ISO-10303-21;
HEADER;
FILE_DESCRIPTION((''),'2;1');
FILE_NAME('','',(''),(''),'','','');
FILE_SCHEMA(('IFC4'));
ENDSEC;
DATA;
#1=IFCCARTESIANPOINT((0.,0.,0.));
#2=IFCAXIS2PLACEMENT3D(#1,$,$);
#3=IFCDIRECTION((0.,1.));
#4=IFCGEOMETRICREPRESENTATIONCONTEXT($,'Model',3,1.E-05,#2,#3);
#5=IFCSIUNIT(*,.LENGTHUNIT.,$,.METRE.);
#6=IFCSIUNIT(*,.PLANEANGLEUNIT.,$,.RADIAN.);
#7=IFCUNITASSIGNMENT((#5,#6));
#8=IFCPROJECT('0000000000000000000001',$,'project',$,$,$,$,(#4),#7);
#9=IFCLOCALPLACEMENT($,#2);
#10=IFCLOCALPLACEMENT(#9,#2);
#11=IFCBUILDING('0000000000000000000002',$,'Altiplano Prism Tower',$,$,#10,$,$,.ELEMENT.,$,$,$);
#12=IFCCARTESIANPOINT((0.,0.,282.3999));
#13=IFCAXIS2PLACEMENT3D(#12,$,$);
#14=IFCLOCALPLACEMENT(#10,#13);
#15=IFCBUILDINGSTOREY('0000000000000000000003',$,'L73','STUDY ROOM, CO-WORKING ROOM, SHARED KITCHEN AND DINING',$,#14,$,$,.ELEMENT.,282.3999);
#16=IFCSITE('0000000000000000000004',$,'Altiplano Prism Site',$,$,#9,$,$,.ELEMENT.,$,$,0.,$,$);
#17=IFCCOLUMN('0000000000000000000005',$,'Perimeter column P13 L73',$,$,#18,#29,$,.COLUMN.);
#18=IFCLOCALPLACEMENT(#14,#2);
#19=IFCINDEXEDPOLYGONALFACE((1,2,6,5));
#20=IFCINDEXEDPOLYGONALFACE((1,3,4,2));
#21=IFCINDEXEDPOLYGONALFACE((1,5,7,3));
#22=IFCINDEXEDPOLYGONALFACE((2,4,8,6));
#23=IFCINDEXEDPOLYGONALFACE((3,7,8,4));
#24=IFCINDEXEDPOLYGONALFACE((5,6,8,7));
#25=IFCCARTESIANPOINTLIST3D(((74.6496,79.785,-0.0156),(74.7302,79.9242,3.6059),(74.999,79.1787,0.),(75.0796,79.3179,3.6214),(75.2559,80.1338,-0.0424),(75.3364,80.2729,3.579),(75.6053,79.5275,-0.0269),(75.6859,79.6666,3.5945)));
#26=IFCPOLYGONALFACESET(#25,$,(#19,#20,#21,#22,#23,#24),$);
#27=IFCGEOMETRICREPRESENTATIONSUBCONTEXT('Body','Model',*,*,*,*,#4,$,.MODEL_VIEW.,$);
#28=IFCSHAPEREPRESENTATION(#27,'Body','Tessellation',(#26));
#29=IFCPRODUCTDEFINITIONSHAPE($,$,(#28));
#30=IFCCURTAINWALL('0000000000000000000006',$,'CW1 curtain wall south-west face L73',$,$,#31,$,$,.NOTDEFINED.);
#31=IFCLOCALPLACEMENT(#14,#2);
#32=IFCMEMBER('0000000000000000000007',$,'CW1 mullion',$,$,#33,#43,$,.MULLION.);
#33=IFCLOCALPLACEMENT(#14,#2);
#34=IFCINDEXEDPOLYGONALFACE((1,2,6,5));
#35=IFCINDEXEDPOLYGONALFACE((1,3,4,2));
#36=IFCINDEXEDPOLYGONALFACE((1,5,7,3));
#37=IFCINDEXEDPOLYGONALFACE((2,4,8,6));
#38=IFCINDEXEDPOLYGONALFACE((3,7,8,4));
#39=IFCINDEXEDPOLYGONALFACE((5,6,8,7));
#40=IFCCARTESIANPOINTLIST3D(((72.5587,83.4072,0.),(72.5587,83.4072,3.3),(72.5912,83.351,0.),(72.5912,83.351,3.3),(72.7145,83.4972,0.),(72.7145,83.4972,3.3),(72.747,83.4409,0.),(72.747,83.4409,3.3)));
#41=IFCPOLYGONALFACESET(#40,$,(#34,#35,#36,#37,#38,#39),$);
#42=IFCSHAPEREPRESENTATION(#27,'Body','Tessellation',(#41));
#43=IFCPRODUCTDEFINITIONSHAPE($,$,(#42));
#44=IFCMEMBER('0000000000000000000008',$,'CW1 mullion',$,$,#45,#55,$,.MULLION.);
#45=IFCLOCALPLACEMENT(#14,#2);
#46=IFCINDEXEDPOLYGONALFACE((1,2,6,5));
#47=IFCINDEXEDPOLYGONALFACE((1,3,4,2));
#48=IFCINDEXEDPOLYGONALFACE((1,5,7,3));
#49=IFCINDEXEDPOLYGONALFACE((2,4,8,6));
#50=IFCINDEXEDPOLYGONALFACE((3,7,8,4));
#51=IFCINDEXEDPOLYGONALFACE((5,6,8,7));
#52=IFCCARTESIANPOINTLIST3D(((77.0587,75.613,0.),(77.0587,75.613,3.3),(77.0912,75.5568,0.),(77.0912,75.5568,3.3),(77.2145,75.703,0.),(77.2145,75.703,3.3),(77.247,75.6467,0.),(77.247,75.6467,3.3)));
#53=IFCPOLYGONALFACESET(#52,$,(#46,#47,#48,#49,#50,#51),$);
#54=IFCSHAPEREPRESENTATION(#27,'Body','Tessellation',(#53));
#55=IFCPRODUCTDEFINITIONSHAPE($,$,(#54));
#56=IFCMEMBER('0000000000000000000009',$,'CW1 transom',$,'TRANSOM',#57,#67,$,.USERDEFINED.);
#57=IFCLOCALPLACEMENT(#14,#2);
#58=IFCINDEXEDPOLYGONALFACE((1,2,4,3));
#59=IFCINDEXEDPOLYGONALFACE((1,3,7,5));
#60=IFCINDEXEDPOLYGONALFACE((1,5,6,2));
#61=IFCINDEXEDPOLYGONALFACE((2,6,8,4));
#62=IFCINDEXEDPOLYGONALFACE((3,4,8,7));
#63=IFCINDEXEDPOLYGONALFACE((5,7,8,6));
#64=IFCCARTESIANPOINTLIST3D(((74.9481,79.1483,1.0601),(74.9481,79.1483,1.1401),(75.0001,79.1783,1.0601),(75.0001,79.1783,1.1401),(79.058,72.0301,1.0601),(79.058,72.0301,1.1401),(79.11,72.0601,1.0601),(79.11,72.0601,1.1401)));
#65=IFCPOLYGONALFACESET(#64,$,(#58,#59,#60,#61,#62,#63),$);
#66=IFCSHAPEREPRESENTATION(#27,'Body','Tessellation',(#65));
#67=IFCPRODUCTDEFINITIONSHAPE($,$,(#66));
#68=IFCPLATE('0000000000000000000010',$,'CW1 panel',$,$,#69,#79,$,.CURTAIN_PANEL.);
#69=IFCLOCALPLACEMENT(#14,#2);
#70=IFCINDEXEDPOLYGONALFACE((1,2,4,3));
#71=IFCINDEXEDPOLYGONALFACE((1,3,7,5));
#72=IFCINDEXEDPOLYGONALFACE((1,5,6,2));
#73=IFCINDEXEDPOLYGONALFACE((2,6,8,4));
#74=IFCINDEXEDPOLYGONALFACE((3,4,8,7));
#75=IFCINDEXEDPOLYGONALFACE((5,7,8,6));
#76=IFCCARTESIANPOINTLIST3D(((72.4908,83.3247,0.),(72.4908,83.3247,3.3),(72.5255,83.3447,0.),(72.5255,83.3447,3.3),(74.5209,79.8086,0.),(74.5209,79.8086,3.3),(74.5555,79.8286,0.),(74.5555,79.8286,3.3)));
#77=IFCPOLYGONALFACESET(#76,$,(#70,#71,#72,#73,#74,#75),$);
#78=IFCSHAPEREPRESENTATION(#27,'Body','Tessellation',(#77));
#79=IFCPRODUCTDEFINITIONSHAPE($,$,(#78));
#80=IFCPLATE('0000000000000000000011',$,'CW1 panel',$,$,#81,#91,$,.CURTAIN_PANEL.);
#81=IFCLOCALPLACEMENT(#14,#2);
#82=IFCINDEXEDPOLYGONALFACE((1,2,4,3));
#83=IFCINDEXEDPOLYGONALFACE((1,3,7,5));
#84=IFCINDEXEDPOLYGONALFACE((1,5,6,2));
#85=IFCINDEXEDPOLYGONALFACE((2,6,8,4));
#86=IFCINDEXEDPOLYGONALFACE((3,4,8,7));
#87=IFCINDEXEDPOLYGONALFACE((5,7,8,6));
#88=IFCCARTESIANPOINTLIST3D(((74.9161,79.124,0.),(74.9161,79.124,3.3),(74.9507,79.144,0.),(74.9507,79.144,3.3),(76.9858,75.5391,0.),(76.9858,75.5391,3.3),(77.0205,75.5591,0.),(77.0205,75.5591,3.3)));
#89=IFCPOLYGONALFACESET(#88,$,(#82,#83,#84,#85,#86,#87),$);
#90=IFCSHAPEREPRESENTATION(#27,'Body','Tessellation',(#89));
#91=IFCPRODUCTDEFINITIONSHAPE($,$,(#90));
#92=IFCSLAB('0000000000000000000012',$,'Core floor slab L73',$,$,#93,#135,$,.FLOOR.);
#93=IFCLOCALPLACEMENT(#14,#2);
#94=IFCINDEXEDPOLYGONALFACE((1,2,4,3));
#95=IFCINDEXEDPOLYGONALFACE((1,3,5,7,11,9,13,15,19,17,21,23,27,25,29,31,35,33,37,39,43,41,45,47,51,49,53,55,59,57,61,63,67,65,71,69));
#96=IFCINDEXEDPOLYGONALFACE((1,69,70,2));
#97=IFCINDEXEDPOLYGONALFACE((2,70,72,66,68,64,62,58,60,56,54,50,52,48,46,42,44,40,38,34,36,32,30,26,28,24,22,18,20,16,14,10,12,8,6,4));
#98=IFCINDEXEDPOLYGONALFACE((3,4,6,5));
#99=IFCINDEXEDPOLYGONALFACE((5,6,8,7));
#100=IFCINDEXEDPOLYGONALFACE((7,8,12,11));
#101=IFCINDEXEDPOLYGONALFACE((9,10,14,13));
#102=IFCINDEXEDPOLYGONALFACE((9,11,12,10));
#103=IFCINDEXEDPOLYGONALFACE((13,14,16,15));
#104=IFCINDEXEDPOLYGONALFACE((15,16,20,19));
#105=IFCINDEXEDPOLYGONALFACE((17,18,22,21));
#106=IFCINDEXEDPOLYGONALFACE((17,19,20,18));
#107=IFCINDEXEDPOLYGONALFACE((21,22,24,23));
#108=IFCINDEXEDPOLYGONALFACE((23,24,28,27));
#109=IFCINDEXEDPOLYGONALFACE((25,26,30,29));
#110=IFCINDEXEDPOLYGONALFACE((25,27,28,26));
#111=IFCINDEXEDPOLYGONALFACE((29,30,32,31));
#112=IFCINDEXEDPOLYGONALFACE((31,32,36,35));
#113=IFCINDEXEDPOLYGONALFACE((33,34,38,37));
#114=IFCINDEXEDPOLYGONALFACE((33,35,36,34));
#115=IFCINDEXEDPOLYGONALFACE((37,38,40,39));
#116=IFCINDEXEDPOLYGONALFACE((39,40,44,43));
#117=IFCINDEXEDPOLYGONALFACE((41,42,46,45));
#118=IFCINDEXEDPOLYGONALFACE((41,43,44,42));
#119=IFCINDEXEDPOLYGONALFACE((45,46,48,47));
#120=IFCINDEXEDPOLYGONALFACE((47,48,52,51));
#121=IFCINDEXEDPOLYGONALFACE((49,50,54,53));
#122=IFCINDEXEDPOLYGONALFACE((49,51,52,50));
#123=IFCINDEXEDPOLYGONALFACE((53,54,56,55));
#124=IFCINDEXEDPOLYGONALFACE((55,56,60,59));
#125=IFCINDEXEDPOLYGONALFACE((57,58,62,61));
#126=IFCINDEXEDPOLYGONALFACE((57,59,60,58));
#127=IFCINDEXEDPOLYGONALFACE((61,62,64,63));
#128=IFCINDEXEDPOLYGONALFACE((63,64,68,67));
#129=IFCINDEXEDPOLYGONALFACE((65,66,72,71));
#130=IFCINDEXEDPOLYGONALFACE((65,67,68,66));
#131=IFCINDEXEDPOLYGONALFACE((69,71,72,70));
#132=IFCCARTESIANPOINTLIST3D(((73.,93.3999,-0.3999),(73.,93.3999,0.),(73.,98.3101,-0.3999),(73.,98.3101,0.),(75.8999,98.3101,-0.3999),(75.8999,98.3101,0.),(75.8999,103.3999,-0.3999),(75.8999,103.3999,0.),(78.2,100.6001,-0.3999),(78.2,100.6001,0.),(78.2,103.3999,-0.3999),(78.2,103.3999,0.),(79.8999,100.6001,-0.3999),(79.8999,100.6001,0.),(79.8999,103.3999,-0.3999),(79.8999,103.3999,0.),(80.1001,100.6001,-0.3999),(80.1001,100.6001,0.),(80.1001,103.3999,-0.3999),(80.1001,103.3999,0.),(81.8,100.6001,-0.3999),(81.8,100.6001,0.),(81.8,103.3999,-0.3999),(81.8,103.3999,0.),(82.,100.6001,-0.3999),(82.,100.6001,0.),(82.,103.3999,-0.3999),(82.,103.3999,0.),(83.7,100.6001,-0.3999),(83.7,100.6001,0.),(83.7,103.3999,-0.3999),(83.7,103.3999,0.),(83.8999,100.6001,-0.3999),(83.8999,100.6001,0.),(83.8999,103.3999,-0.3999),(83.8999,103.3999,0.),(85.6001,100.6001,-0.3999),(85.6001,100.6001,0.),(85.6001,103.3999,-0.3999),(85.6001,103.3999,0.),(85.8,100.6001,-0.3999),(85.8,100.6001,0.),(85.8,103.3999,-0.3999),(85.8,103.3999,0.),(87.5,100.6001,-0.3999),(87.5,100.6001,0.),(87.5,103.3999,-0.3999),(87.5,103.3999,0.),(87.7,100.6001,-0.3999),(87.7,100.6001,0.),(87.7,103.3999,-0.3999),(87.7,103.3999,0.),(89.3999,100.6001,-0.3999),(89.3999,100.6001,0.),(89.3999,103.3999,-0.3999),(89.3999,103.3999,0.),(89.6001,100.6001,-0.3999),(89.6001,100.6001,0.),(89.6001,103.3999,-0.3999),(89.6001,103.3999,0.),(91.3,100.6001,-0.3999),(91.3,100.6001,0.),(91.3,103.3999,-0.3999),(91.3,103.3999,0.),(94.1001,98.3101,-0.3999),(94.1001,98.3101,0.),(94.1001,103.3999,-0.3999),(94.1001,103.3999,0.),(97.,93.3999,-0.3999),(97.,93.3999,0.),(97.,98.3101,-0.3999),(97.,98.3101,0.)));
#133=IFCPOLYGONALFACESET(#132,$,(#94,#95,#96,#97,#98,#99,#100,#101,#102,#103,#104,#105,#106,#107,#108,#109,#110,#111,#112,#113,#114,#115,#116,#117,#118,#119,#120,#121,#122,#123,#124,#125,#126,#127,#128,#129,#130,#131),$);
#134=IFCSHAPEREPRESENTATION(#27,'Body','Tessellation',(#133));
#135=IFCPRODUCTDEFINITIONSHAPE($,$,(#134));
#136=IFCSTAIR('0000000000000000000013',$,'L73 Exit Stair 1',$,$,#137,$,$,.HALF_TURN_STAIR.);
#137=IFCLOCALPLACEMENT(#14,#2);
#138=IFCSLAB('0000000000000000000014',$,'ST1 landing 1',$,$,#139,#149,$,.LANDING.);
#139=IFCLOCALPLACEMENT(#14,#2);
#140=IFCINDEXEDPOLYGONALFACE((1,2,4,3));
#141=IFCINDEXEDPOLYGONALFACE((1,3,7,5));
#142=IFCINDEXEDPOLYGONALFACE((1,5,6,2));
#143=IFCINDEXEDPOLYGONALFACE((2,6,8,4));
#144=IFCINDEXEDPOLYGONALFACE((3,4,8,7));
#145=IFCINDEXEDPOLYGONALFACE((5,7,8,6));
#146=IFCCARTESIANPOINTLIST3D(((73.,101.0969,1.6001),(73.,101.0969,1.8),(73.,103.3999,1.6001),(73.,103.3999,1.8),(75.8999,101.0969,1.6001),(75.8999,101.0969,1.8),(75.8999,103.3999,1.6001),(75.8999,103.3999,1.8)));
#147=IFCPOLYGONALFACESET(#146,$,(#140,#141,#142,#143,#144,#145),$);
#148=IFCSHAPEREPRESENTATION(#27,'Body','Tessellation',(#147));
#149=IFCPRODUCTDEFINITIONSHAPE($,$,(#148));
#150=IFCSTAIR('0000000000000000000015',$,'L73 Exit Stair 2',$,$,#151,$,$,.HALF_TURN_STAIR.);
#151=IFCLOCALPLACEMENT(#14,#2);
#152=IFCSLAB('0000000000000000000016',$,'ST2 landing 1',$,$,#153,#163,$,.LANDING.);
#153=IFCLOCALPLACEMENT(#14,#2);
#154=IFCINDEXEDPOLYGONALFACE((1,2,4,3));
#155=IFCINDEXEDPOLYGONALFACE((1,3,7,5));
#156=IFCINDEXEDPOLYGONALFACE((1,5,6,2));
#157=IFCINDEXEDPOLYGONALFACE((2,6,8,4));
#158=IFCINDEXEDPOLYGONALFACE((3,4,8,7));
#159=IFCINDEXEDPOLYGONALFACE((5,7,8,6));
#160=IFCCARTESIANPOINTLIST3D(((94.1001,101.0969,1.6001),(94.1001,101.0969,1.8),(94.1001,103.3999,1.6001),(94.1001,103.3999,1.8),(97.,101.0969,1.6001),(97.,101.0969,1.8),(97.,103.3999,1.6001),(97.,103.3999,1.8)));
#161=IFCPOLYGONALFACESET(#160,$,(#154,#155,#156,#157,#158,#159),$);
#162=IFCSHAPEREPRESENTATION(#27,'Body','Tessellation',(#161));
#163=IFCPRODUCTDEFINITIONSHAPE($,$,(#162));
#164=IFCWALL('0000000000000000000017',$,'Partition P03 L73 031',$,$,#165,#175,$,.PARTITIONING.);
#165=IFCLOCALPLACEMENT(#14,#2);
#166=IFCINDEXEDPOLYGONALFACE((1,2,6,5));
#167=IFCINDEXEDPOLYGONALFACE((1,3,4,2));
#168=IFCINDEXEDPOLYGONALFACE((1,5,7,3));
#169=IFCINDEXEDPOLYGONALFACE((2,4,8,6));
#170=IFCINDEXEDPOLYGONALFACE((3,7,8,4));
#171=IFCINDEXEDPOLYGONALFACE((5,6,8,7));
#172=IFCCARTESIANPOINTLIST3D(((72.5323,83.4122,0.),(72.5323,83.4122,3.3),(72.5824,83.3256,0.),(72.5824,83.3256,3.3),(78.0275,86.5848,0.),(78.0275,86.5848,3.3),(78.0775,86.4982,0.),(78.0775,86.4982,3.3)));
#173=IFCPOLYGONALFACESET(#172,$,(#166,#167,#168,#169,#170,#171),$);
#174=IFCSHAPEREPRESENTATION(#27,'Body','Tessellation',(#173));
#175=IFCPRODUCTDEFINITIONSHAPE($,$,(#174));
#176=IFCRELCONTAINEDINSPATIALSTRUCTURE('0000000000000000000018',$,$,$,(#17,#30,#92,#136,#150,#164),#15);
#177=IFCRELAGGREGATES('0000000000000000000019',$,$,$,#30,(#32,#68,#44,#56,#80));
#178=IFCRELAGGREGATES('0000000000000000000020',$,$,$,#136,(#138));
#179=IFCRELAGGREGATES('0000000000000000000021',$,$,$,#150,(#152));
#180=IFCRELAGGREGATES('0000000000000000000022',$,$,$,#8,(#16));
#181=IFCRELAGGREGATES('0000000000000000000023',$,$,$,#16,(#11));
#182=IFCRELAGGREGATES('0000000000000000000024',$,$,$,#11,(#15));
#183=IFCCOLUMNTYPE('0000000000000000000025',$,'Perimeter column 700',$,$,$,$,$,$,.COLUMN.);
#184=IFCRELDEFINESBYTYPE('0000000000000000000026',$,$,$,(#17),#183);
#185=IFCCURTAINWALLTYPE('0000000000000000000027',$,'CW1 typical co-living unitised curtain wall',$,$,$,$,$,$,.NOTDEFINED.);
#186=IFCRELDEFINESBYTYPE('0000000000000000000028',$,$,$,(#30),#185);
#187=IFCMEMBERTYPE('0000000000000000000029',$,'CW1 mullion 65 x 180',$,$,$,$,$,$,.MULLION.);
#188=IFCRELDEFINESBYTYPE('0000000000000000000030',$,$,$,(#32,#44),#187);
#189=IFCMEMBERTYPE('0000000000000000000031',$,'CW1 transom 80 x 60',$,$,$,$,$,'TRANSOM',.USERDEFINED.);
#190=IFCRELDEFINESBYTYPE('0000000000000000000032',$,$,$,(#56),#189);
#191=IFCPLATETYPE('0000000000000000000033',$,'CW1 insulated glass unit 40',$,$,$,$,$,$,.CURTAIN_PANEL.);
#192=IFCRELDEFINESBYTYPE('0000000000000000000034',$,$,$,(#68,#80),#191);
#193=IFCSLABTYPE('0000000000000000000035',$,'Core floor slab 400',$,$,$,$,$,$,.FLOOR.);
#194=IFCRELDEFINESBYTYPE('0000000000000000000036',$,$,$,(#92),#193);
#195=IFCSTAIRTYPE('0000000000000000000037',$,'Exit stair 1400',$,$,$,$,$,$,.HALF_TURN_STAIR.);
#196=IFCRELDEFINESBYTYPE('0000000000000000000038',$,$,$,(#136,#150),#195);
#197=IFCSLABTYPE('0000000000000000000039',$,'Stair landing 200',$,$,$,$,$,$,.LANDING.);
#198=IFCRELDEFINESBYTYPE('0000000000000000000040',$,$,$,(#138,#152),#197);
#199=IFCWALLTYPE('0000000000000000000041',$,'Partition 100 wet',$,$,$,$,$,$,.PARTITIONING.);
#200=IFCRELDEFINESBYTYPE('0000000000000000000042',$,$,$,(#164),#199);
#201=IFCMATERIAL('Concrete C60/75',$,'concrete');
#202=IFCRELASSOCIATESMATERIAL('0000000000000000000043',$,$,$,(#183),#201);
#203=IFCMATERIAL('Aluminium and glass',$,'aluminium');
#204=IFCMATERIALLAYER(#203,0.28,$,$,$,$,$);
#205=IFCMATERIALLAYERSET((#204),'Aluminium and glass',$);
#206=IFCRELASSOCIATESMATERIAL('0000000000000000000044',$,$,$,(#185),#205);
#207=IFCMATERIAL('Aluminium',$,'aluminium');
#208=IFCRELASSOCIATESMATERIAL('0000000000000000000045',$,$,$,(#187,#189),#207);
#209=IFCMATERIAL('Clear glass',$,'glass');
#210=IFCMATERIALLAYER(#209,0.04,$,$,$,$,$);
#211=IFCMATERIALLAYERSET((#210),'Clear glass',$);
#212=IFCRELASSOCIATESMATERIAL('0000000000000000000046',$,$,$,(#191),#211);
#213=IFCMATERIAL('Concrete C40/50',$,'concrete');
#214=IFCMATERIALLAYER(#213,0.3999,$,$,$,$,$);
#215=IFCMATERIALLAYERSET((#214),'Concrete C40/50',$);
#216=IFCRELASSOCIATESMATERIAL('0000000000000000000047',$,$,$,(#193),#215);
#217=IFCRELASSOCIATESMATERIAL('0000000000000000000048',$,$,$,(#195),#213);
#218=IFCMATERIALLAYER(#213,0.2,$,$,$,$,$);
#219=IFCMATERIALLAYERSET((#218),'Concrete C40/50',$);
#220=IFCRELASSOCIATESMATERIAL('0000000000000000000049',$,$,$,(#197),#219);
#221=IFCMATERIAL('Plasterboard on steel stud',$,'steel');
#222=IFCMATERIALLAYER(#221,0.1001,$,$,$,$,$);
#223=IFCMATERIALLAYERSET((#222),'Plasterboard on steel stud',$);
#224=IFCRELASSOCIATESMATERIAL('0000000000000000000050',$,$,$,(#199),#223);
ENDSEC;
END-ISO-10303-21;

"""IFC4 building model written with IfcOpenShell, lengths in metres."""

from ifc_helpers import new_model, si_unit, direction, frame, frame_2d, origin, origin_2d, place, context, subcontext, project, spatial, polyline, rectangle, outline, extrude, material, layer, layer_set, material_profile, profile_set, type_object, element, aggregate, save


model = new_model("IFC4")

# Units and contexts
model_context = context("Model", 3, precision=1e-05, world=origin(), true_north=direction((0.0, 1.0)))
body_context = subcontext(model_context, "Body", "Model", "MODEL_VIEW")
ifc_project = project(units=[si_unit("LENGTHUNIT", "METRE"), si_unit("PLANEANGLEUNIT", "RADIAN")], contexts=[model_context])

# Site, building, storey
site_placement = place(None, origin())
site = spatial("IfcSite", under=ifc_project, at=site_placement, Name="Altiplano Prism Site", CompositionType="ELEMENT", RefElevation=0.0)
building_placement = place(site_placement, origin())
building = spatial("IfcBuilding", under=site, at=building_placement, Name="Altiplano Prism Tower", CompositionType="ELEMENT")
storey_placement = place(building_placement, frame((0.0, 0.0, 282.3999)))
storey = spatial("IfcBuildingStorey", under=building, at=storey_placement, Name="L73", Description="STUDY ROOM, CO-WORKING ROOM, SHARED KITCHEN AND DINING", CompositionType="ELEMENT", Elevation=282.3999)

# Column
ifc_material_1 = material(Name="Concrete C60/75", Category="concrete")
ifc_material_profile_1 = material_profile(ifc_material_1, rectangle(XDim=0.7, YDim=0.7, at=origin_2d()), Name="Perimeter column 700")
ifc_profile_set_1 = profile_set([ifc_material_profile_1], Name="Concrete C60/75")
column_type = type_object("IfcColumnType", Name="Perimeter column 700", PredefinedType="COLUMN", material=ifc_profile_set_1)
column_placement = place(storey_placement, frame((75.1274, 79.6562, -0.0212), z_axis=(0.022226, 0.03839, 0.999016), x_axis=(-0.866198, -0.498223, 0.038417)))
element("IfcColumn", 1, at=column_placement, inside=storey, type_object=column_type, Name="Perimeter column P13 L73", PredefinedType="COLUMN", context=body_context, shape_type="SweptSolid", body=[
    extrude(rectangle(XDim=0.7, YDim=0.7, at=origin_2d()), origin(), (0.0, 0.0, 1.0), 3.625),
])

# Curtain wall, members, plates
ifc_material_2 = material(Name="Aluminium and glass", Category="aluminium")
ifc_layer_1 = layer(ifc_material_2, 0.28)
ifc_layer_set_1 = layer_set([ifc_layer_1], Name="Aluminium and glass")
curtain_wall_type = type_object("IfcCurtainWallType", Name="CW1 typical co-living unitised curtain wall", PredefinedType="NOTDEFINED", material=ifc_layer_set_1)
curtain_wall_placement = place(storey_placement, origin())
curtain_wall = element("IfcCurtainWall", 2, at=curtain_wall_placement, inside=storey, type_object=curtain_wall_type, Name="CW1 curtain wall south-west face L73", PredefinedType="NOTDEFINED")
ifc_material_3 = material(Name="Aluminium", Category="aluminium")
ifc_material_profile_2 = material_profile(ifc_material_3, rectangle(XDim=0.1799, YDim=0.0649, at=origin_2d()), Name="CW1 mullion 65 x 180")
ifc_profile_set_2 = profile_set([ifc_material_profile_2], Name="Aluminium")
member_type_1 = type_object("IfcMemberType", Name="CW1 mullion 65 x 180", PredefinedType="MULLION", material=ifc_profile_set_2)
member_1_placement = place(storey_placement, frame((72.6528, 83.4241, 0.0), z_axis=(0.0, 0.0, 1.0), x_axis=(0.866025, 0.5, 0.0)))
member_1 = element("IfcMember", 3, at=member_1_placement, type_object=member_type_1, Name="CW1 mullion", PredefinedType="MULLION", context=body_context, shape_type="SweptSolid", body=[
    extrude(rectangle(XDim=0.1799, YDim=0.0649, at=origin_2d()), origin(), (0.0, 0.0, 1.0), 3.3),
])
member_2_placement = place(storey_placement, frame((77.1528, 75.6299, 0.0), z_axis=(0.0, 0.0, 1.0), x_axis=(0.866025, 0.5, 0.0)))
member_2 = element("IfcMember", 4, at=member_2_placement, type_object=member_type_1, Name="CW1 mullion", PredefinedType="MULLION", context=body_context, shape_type="SweptSolid", body=[
    extrude(rectangle(XDim=0.1799, YDim=0.0649, at=origin_2d()), origin(), (0.0, 0.0, 1.0), 3.3),
])
ifc_material_profile_3 = material_profile(ifc_material_3, rectangle(XDim=0.0601, YDim=0.0801, at=origin_2d()), Name="CW1 transom 80 x 60")
ifc_profile_set_3 = profile_set([ifc_material_profile_3], Name="Aluminium")
member_type_2 = type_object("IfcMemberType", Name="CW1 transom 80 x 60", ElementType="TRANSOM", PredefinedType="USERDEFINED", material=ifc_profile_set_3)
member_3_placement = place(storey_placement, frame((74.9741, 79.1633, 1.1001), z_axis=(0.500017, -0.866015, 0.0), x_axis=(0.866015, 0.500017, 0.0)))
member_3 = element("IfcMember", 5, at=member_3_placement, type_object=member_type_2, Name="CW1 transom", ObjectType="TRANSOM", PredefinedType="USERDEFINED", context=body_context, shape_type="SweptSolid", body=[
    extrude(rectangle(XDim=0.0601, YDim=0.0801, at=origin_2d()), origin(), (0.0, 0.0, 1.0), 8.2195),
])
ifc_material_4 = material(Name="Clear glass", Category="glass")
ifc_layer_2 = layer(ifc_material_4, 0.04)
ifc_layer_set_2 = layer_set([ifc_layer_2], Name="Clear glass")
plate_type = type_object("IfcPlateType", Name="CW1 insulated glass unit 40", PredefinedType="CURTAIN_PANEL", material=ifc_layer_set_2)
plate_1_placement = place(storey_placement, frame((73.5232, 81.5767, 0.0), z_axis=(0.0, 0.0, 1.0), x_axis=(0.5, -0.866025, 0.0)))
plate_1 = element("IfcPlate", 6, at=plate_1_placement, type_object=plate_type, Name="CW1 panel", PredefinedType="CURTAIN_PANEL", context=body_context, shape_type="SweptSolid", body=[
    extrude(rectangle(XDim=4.0601, YDim=0.04, at=origin_2d()), origin(), (0.0, 0.0, 1.0), 3.3),
])
plate_2_placement = place(storey_placement, frame((75.9683, 77.3416, 0.0), z_axis=(0.0, 0.0, 1.0), x_axis=(0.5, -0.866025, 0.0)))
plate_2 = element("IfcPlate", 7, at=plate_2_placement, type_object=plate_type, Name="CW1 panel", PredefinedType="CURTAIN_PANEL", context=body_context, shape_type="SweptSolid", body=[
    extrude(rectangle(XDim=4.1394, YDim=0.04, at=origin_2d()), origin(), (0.0, 0.0, 1.0), 3.3),
])
aggregate(curtain_wall, [member_1, plate_1, member_2, member_3, plate_2])

# Slab
ifc_material_5 = material(Name="Concrete C40/50", Category="concrete")
ifc_layer_3 = layer(ifc_material_5, 0.3999)
ifc_layer_set_3 = layer_set([ifc_layer_3], Name="Concrete C40/50")
slab_type_1 = type_object("IfcSlabType", Name="Core floor slab 400", PredefinedType="FLOOR", material=ifc_layer_set_3)
slab_1_placement = place(storey_placement, frame((0.0, 0.0, -0.3999)))
element("IfcSlab", 8, at=slab_1_placement, inside=storey, type_object=slab_type_1, Name="Core floor slab L73", PredefinedType="FLOOR", context=body_context, shape_type="SweptSolid", body=[
    extrude(outline(polyline([(97.0, 98.3101), (94.1001, 98.3101), (94.1001, 103.3999), (91.3, 103.3999), (91.3, 100.6001), (89.6001, 100.6001), (89.6001, 103.3999), (89.3999, 103.3999), (89.3999, 100.6001), (87.7, 100.6001), (87.7, 103.3999), (87.5, 103.3999), (87.5, 100.6001), (85.8, 100.6001), (85.8, 103.3999), (85.6001, 103.3999), (85.6001, 100.6001), (83.8999, 100.6001), (83.8999, 103.3999), (83.7, 103.3999), (83.7, 100.6001), (82.0, 100.6001), (82.0, 103.3999), (81.8, 103.3999), (81.8, 100.6001), (80.1001, 100.6001), (80.1001, 103.3999), (79.8999, 103.3999), (79.8999, 100.6001), (78.2, 100.6001), (78.2, 103.3999), (75.8999, 103.3999), (75.8999, 98.3101), (73.0, 98.3101), (73.0, 93.3999), (97.0, 93.3999), (97.0, 98.3101)])), origin(), (0.0, 0.0, 1.0), 0.3999),
])

# Stairs, slabs
stair_type = type_object("IfcStairType", Name="Exit stair 1400", PredefinedType="HALF_TURN_STAIR", material=ifc_material_5)
stair_1_placement = place(storey_placement, origin())
stair_1 = element("IfcStair", 9, at=stair_1_placement, inside=storey, type_object=stair_type, Name="L73 Exit Stair 1", PredefinedType="HALF_TURN_STAIR")
ifc_layer_4 = layer(ifc_material_5, 0.2)
ifc_layer_set_4 = layer_set([ifc_layer_4], Name="Concrete C40/50")
slab_type_2 = type_object("IfcSlabType", Name="Stair landing 200", PredefinedType="LANDING", material=ifc_layer_set_4)
slab_2_placement = place(storey_placement, frame((0.0, 0.0, 1.6001)))
slab_2 = element("IfcSlab", 10, at=slab_2_placement, type_object=slab_type_2, Name="ST1 landing 1", PredefinedType="LANDING", context=body_context, shape_type="SweptSolid", body=[
    extrude(outline(polyline([(75.8999, 101.0969), (75.8999, 103.3999), (73.0, 103.3999), (73.0, 101.0969), (75.8999, 101.0969)])), origin(), (0.0, 0.0, 1.0), 0.2),
])
aggregate(stair_1, [slab_2])
stair_2_placement = place(storey_placement, origin())
stair_2 = element("IfcStair", 11, at=stair_2_placement, inside=storey, type_object=stair_type, Name="L73 Exit Stair 2", PredefinedType="HALF_TURN_STAIR")
slab_3_placement = place(storey_placement, frame((0.0, 0.0, 1.6001)))
slab_3 = element("IfcSlab", 12, at=slab_3_placement, type_object=slab_type_2, Name="ST2 landing 1", PredefinedType="LANDING", context=body_context, shape_type="SweptSolid", body=[
    extrude(outline(polyline([(97.0, 101.0969), (97.0, 103.3999), (94.1001, 103.3999), (94.1001, 101.0969), (97.0, 101.0969)])), origin(), (0.0, 0.0, 1.0), 0.2),
])
aggregate(stair_2, [slab_3])

# Wall
ifc_material_6 = material(Name="Plasterboard on steel stud", Category="steel")
ifc_layer_5 = layer(ifc_material_6, 0.1001)
ifc_layer_set_5 = layer_set([ifc_layer_5], Name="Plasterboard on steel stud")
wall_type_1 = type_object("IfcWallType", Name="Partition 100 wet", PredefinedType="PARTITIONING", material=ifc_layer_set_5)
wall_1_placement = place(storey_placement, frame((72.5574, 83.3689, 0.0), z_axis=(0.0, 0.0, 1.0), x_axis=(0.866025, 0.5, 0.0)))
element("IfcWall", 13, at=wall_1_placement, inside=storey, type_object=wall_type_1, Name="Partition P03 L73 031", PredefinedType="PARTITIONING", context=body_context, shape_type="SweptSolid", body=[
    extrude(rectangle(XDim=6.3452, YDim=0.1001, at=frame_2d((3.1726, 0.0))), origin(), (0.0, 0.0, 1.0), 3.3),
])

save(model, "model.ifc")
